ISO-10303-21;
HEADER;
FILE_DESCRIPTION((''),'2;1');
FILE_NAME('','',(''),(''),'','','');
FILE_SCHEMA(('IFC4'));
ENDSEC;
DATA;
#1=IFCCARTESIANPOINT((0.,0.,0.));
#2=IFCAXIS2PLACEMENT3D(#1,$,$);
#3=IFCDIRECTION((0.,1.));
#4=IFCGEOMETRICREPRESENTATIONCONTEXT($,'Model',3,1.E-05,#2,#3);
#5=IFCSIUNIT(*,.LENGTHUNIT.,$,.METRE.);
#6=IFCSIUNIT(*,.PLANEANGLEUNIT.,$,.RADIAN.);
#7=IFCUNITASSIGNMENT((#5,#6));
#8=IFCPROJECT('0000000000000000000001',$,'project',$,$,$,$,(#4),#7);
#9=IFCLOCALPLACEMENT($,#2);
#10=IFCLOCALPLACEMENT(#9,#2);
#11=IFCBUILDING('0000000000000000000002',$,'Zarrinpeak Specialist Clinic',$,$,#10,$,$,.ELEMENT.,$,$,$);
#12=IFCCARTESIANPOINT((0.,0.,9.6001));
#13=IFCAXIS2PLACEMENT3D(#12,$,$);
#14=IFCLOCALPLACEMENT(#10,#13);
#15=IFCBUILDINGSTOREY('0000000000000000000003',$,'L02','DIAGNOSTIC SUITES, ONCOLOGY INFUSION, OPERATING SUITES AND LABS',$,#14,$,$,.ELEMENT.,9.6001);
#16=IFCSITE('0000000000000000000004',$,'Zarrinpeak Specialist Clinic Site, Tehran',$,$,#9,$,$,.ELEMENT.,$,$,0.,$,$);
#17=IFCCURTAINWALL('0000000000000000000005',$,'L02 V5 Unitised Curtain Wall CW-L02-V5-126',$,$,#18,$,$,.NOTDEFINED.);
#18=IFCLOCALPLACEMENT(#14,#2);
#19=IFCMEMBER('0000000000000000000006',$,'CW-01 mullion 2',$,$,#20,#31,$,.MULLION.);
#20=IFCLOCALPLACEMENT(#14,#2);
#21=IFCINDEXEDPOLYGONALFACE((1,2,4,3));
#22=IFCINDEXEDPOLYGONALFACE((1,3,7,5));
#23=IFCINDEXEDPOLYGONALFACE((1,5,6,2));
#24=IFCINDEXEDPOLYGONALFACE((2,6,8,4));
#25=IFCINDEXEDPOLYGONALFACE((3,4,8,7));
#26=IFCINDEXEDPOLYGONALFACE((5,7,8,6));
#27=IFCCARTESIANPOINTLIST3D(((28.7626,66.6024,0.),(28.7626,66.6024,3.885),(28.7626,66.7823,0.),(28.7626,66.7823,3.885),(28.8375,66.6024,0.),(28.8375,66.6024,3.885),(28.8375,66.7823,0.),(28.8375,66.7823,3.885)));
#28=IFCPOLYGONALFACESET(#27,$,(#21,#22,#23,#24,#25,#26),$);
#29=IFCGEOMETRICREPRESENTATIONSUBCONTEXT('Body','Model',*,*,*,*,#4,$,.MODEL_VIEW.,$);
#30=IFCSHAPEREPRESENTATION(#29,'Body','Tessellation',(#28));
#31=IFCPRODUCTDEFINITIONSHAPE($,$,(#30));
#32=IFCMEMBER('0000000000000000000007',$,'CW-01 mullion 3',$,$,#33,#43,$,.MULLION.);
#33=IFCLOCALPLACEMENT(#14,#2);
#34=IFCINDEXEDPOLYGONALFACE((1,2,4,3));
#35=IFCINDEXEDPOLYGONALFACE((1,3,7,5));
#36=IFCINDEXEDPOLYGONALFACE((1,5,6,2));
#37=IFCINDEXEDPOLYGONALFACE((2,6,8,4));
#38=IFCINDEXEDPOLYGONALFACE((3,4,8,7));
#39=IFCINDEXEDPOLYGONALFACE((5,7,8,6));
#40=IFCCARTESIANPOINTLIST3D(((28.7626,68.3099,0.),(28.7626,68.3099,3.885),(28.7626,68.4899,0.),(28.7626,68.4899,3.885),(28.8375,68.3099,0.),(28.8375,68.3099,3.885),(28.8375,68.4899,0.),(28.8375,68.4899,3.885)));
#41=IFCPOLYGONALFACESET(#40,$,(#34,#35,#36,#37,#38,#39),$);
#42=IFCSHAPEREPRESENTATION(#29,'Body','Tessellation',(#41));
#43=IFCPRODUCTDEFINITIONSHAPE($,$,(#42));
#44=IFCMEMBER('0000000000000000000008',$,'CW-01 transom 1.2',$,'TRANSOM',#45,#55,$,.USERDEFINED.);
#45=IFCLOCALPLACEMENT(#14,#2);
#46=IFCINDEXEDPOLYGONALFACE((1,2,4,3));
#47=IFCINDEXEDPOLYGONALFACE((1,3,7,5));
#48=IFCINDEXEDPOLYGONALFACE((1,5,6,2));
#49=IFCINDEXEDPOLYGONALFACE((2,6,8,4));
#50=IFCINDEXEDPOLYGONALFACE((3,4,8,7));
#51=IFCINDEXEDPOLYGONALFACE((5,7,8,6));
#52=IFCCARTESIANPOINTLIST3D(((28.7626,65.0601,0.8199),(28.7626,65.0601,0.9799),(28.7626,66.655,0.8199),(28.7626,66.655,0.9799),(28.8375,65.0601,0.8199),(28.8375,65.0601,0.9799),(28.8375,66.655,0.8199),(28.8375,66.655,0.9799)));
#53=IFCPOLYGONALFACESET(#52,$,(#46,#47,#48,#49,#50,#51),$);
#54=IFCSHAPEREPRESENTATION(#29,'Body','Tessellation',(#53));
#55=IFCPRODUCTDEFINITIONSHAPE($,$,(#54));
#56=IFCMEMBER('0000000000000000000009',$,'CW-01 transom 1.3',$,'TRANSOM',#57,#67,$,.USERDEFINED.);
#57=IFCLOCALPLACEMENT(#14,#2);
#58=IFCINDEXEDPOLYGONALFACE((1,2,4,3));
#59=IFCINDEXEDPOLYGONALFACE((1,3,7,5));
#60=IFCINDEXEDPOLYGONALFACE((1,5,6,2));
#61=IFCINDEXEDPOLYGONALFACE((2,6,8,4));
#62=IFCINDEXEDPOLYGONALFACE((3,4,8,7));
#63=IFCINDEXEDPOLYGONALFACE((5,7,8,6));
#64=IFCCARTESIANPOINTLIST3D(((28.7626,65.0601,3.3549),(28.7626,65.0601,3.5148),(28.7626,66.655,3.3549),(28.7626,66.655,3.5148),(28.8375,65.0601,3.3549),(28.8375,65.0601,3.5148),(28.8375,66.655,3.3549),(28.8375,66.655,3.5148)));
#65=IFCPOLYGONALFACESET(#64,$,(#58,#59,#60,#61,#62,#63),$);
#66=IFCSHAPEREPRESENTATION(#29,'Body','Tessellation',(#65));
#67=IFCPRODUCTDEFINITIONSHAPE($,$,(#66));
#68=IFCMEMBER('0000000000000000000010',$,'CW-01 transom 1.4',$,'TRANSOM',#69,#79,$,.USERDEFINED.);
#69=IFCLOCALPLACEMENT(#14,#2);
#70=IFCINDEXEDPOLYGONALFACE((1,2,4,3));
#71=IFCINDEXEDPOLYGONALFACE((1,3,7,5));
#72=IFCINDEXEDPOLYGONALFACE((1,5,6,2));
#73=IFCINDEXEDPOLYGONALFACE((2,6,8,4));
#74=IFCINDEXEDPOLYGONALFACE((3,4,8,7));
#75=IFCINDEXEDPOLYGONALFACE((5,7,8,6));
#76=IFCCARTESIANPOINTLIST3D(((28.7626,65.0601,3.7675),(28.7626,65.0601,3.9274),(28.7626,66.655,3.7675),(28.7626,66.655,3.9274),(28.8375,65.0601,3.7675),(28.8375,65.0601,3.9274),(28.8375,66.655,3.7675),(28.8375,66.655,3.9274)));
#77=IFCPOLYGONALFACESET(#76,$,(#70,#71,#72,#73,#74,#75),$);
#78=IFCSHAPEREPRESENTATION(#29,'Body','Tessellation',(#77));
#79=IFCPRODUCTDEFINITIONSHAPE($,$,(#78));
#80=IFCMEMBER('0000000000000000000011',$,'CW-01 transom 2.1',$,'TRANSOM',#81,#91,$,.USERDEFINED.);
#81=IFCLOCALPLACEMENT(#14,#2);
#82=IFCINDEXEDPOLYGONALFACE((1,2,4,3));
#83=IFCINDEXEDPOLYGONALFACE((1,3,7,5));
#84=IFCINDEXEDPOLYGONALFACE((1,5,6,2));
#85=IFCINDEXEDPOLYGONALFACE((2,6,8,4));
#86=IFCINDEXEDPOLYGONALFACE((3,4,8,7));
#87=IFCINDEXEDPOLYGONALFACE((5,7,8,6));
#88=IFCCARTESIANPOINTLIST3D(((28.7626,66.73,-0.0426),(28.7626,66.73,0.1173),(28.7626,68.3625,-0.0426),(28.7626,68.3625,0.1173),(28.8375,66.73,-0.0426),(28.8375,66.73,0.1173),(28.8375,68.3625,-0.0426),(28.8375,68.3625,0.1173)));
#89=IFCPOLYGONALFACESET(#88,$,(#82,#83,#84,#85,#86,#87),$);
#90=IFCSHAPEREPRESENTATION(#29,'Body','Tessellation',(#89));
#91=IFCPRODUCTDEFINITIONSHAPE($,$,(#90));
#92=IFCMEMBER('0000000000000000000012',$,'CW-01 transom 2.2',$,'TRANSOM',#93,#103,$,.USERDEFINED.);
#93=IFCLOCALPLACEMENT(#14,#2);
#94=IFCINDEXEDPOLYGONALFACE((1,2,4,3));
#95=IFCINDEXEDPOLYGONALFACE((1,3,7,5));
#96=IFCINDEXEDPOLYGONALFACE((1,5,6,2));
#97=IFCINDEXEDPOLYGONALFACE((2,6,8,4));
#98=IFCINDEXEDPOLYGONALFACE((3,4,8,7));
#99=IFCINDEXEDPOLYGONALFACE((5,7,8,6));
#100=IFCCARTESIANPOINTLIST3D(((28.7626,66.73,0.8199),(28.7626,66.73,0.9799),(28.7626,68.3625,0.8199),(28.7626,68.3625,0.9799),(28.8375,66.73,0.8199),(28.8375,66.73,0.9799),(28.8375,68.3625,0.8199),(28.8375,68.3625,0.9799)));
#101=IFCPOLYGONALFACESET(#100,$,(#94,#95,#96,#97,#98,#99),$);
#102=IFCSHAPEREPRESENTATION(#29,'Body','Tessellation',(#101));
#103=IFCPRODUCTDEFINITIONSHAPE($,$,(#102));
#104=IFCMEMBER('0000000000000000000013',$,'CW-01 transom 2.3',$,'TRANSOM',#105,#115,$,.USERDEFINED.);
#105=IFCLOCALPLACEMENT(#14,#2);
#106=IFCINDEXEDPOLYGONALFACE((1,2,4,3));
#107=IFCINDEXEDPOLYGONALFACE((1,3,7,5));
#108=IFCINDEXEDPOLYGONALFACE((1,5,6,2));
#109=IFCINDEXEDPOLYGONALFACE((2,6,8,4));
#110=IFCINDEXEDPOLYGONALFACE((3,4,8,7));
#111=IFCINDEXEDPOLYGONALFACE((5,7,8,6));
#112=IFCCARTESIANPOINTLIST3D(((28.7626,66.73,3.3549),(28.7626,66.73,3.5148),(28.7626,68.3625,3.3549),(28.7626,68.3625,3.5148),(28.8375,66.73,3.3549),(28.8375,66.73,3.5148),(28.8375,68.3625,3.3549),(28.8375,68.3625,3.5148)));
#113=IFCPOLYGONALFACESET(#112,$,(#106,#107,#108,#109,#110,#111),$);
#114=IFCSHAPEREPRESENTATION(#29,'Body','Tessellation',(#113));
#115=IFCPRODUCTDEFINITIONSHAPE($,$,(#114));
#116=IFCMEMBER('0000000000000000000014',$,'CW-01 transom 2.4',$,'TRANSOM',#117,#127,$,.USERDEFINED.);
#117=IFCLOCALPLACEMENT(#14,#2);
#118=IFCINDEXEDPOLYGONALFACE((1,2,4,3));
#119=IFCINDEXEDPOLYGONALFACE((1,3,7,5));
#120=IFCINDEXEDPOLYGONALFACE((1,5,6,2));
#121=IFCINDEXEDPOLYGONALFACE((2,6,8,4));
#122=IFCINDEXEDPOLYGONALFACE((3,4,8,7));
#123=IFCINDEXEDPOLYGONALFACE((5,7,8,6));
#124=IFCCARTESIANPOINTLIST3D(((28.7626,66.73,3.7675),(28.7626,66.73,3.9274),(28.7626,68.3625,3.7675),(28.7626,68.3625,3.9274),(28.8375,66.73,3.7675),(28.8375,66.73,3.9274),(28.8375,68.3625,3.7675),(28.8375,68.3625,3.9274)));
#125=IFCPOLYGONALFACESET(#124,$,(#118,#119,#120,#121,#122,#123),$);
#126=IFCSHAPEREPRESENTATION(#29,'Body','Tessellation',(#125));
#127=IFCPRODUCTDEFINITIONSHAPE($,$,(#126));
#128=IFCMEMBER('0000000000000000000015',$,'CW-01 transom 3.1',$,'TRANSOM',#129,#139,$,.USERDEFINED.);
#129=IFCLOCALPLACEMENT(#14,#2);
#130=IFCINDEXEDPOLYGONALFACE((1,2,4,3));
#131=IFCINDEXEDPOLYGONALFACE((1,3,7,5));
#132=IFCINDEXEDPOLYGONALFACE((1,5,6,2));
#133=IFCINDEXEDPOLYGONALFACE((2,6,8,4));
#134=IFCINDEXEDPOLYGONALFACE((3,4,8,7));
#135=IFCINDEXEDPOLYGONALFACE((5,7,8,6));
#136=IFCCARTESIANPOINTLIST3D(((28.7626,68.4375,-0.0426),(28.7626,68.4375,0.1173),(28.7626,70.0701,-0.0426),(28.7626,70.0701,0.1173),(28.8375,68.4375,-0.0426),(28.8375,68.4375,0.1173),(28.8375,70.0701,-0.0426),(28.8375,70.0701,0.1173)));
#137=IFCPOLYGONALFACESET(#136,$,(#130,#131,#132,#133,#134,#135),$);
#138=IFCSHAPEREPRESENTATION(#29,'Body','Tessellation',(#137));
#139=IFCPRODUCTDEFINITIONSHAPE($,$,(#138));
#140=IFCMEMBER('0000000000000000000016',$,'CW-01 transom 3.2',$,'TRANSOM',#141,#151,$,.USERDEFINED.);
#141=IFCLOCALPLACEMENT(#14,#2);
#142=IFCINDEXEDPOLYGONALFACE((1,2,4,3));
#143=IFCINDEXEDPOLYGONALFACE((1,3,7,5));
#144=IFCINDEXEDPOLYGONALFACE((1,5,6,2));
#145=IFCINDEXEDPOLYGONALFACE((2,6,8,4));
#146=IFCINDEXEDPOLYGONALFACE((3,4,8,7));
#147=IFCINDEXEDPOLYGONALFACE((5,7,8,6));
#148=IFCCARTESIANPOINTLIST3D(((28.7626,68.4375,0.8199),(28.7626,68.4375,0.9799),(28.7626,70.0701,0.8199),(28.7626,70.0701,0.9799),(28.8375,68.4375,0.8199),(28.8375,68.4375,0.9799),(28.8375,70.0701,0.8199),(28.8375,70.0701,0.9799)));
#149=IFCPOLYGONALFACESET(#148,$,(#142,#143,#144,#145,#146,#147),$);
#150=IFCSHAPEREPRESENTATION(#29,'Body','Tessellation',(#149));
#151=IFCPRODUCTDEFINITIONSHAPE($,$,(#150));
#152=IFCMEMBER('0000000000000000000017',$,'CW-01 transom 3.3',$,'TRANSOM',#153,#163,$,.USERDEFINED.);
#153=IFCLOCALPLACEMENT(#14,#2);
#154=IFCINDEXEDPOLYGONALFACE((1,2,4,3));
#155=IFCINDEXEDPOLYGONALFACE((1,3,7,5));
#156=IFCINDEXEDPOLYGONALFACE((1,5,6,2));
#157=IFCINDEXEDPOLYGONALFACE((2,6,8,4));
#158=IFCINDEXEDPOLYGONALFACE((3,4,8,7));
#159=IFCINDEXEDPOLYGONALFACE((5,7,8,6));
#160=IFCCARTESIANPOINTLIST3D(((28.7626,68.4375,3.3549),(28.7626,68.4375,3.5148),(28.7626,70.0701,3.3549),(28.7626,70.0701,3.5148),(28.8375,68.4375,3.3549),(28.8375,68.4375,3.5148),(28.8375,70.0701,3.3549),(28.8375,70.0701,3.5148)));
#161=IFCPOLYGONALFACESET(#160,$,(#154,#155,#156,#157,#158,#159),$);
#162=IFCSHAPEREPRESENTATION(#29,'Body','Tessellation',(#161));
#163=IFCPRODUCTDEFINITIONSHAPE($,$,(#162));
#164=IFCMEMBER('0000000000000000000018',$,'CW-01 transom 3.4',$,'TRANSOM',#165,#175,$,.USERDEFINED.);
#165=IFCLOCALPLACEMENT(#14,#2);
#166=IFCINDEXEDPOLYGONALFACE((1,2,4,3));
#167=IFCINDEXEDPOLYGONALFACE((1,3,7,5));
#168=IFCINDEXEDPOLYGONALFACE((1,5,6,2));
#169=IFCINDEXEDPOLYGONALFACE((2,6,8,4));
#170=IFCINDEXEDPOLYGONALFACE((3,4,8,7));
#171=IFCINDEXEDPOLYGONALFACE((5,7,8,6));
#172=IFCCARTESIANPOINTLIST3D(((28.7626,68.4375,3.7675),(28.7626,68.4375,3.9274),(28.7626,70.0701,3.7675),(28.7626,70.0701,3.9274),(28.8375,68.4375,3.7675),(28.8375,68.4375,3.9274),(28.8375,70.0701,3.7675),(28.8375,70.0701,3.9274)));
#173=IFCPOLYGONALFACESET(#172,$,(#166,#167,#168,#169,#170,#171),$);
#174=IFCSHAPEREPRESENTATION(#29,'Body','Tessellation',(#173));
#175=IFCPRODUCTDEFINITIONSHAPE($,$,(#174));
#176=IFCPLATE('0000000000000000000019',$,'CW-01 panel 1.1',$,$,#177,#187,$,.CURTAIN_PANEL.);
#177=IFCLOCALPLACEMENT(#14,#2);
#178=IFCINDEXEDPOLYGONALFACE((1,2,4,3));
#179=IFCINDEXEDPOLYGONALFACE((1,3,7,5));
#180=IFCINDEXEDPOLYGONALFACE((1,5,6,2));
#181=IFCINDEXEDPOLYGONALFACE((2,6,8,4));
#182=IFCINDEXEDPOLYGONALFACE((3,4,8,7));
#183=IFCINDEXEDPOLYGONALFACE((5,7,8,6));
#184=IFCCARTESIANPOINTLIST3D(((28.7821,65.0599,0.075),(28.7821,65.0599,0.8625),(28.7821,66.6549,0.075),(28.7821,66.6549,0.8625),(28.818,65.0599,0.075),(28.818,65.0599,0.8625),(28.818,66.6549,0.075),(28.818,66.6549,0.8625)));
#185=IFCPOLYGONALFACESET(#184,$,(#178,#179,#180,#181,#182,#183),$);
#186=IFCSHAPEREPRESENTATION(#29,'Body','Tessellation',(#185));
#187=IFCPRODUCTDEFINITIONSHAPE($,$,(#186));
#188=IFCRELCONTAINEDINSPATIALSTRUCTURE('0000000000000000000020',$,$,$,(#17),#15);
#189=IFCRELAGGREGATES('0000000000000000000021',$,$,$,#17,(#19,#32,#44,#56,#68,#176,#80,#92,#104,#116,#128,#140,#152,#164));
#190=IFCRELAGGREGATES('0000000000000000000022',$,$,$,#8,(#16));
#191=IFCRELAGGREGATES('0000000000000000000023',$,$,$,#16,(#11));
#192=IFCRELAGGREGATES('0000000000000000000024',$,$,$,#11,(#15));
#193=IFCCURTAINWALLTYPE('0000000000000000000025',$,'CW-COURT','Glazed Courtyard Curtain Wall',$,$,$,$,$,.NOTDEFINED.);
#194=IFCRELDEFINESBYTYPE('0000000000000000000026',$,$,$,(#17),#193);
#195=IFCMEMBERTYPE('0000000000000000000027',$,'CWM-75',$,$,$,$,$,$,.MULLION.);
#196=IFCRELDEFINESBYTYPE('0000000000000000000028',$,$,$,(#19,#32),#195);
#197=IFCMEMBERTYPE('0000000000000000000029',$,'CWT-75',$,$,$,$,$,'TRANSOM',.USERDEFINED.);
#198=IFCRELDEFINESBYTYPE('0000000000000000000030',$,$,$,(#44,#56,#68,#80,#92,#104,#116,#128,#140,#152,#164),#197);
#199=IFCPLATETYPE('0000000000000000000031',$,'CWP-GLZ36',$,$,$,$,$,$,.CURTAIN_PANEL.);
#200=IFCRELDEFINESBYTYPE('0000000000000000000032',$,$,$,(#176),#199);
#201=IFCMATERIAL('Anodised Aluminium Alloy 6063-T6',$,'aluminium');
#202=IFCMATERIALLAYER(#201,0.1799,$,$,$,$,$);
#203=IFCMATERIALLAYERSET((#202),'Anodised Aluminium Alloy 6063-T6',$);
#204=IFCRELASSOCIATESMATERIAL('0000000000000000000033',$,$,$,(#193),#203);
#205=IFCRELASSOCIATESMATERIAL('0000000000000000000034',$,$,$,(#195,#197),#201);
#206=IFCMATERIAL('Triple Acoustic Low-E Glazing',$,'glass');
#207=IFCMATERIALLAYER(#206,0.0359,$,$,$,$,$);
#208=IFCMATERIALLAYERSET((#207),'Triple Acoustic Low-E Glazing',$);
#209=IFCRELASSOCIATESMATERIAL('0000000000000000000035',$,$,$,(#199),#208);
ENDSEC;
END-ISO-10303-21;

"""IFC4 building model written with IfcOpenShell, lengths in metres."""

from ifc_helpers import new_model, si_unit, direction, frame, origin, origin_2d, place, context, subcontext, project, spatial, rectangle, extrude, material, layer, layer_set, material_profile, profile_set, type_object, element, aggregate, save


model = new_model("IFC4")

# Units and contexts
model_context = context("Model", 3, precision=1e-05, world=origin(), true_north=direction((0.0, 1.0)))
body_context = subcontext(model_context, "Body", "Model", "MODEL_VIEW")
ifc_project = project(units=[si_unit("LENGTHUNIT", "METRE"), si_unit("PLANEANGLEUNIT", "RADIAN")], contexts=[model_context])

# Site, building, storey
site_placement = place(None, origin())
site = spatial("IfcSite", under=ifc_project, at=site_placement, Name="Zarrinpeak Specialist Clinic Site, Tehran", CompositionType="ELEMENT", RefElevation=0.0)
building_placement = place(site_placement, origin())
building = spatial("IfcBuilding", under=site, at=building_placement, Name="Zarrinpeak Specialist Clinic", CompositionType="ELEMENT")
storey_placement = place(building_placement, frame((0.0, 0.0, 9.6001)))
storey = spatial("IfcBuildingStorey", under=building, at=storey_placement, Name="L02", Description="DIAGNOSTIC SUITES, ONCOLOGY INFUSION, OPERATING SUITES AND LABS", CompositionType="ELEMENT", Elevation=9.6001)

# Curtain wall, members, plate
ifc_material_1 = material(Name="Anodised Aluminium Alloy 6063-T6", Category="aluminium")
ifc_layer_1 = layer(ifc_material_1, 0.1799)
ifc_layer_set_1 = layer_set([ifc_layer_1], Name="Anodised Aluminium Alloy 6063-T6")
curtain_wall_type = type_object("IfcCurtainWallType", Name="CW-COURT", Description="Glazed Courtyard Curtain Wall", PredefinedType="NOTDEFINED", material=ifc_layer_set_1)
curtain_wall_placement = place(storey_placement, origin())
curtain_wall = element("IfcCurtainWall", 1, at=curtain_wall_placement, inside=storey, type_object=curtain_wall_type, Name="L02 V5 Unitised Curtain Wall CW-L02-V5-126", PredefinedType="NOTDEFINED")
ifc_material_profile_1 = material_profile(ifc_material_1, rectangle(XDim=0.075, YDim=0.1799, at=origin_2d()), Name="ALU 75x180")
ifc_profile_set_1 = profile_set([ifc_material_profile_1], Name="Anodised Aluminium Alloy 6063-T6")
member_type_1 = type_object("IfcMemberType", Name="CWM-75", PredefinedType="MULLION", material=ifc_profile_set_1)
member_1_placement = place(storey_placement, frame((28.8, 66.6924, 0.0), z_axis=(0.0, 0.0, 1.0), x_axis=(-1.0, 0.0, 0.0)))
member_1 = element("IfcMember", 2, at=member_1_placement, type_object=member_type_1, Name="CW-01 mullion 2", PredefinedType="MULLION", context=body_context, shape_type="SweptSolid", body=[
    extrude(rectangle(XDim=0.075, YDim=0.1799, at=origin_2d()), origin(), (0.0, 0.0, 1.0), 3.885),
])
member_2_placement = place(storey_placement, frame((28.8, 68.3999, 0.0), z_axis=(0.0, 0.0, 1.0), x_axis=(-1.0, 0.0, 0.0)))
member_2 = element("IfcMember", 3, at=member_2_placement, type_object=member_type_1, Name="CW-01 mullion 3", PredefinedType="MULLION", context=body_context, shape_type="SweptSolid", body=[
    extrude(rectangle(XDim=0.075, YDim=0.1799, at=origin_2d()), origin(), (0.0, 0.0, 1.0), 3.885),
])
ifc_material_profile_2 = material_profile(ifc_material_1, rectangle(XDim=0.075, YDim=0.1599, at=origin_2d()), Name="ALU 75x160")
ifc_profile_set_2 = profile_set([ifc_material_profile_2], Name="Anodised Aluminium Alloy 6063-T6")
member_type_2 = type_object("IfcMemberType", Name="CWT-75", ElementType="TRANSOM", PredefinedType="USERDEFINED", material=ifc_profile_set_2)
member_3_placement = place(storey_placement, frame((28.8, 65.0601, 0.8999), z_axis=(0.0, 1.0, 0.0), x_axis=(-1.0, 0.0, 0.0)))
member_3 = element("IfcMember", 4, at=member_3_placement, type_object=member_type_2, Name="CW-01 transom 1.2", ObjectType="TRANSOM", PredefinedType="USERDEFINED", context=body_context, shape_type="SweptSolid", body=[
    extrude(rectangle(XDim=0.075, YDim=0.1599, at=origin_2d()), origin(), (0.0, 0.0, 1.0), 1.595),
])
member_4_placement = place(storey_placement, frame((28.8, 65.0601, 3.4348), z_axis=(0.0, 1.0, 0.0), x_axis=(-1.0, 0.0, 0.0)))
member_4 = element("IfcMember", 5, at=member_4_placement, type_object=member_type_2, Name="CW-01 transom 1.3", ObjectType="TRANSOM", PredefinedType="USERDEFINED", context=body_context, shape_type="SweptSolid", body=[
    extrude(rectangle(XDim=0.075, YDim=0.1599, at=origin_2d()), origin(), (0.0, 0.0, 1.0), 1.595),
])
member_5_placement = place(storey_placement, frame((28.8, 65.0601, 3.8474), z_axis=(0.0, 1.0, 0.0), x_axis=(-1.0, 0.0, 0.0)))
member_5 = element("IfcMember", 6, at=member_5_placement, type_object=member_type_2, Name="CW-01 transom 1.4", ObjectType="TRANSOM", PredefinedType="USERDEFINED", context=body_context, shape_type="SweptSolid", body=[
    extrude(rectangle(XDim=0.075, YDim=0.1599, at=origin_2d()), origin(), (0.0, 0.0, 1.0), 1.595),
])
member_6_placement = place(storey_placement, frame((28.8, 66.73, 0.0374), z_axis=(0.0, 1.0, 0.0), x_axis=(-1.0, 0.0, 0.0)))
member_6 = element("IfcMember", 7, at=member_6_placement, type_object=member_type_2, Name="CW-01 transom 2.1", ObjectType="TRANSOM", PredefinedType="USERDEFINED", context=body_context, shape_type="SweptSolid", body=[
    extrude(rectangle(XDim=0.075, YDim=0.1599, at=origin_2d()), origin(), (0.0, 0.0, 1.0), 1.6326),
])
member_7_placement = place(storey_placement, frame((28.8, 66.73, 0.8999), z_axis=(0.0, 1.0, 0.0), x_axis=(-1.0, 0.0, 0.0)))
member_7 = element("IfcMember", 8, at=member_7_placement, type_object=member_type_2, Name="CW-01 transom 2.2", ObjectType="TRANSOM", PredefinedType="USERDEFINED", context=body_context, shape_type="SweptSolid", body=[
    extrude(rectangle(XDim=0.075, YDim=0.1599, at=origin_2d()), origin(), (0.0, 0.0, 1.0), 1.6326),
])
member_8_placement = place(storey_placement, frame((28.8, 66.73, 3.4348), z_axis=(0.0, 1.0, 0.0), x_axis=(-1.0, 0.0, 0.0)))
member_8 = element("IfcMember", 9, at=member_8_placement, type_object=member_type_2, Name="CW-01 transom 2.3", ObjectType="TRANSOM", PredefinedType="USERDEFINED", context=body_context, shape_type="SweptSolid", body=[
    extrude(rectangle(XDim=0.075, YDim=0.1599, at=origin_2d()), origin(), (0.0, 0.0, 1.0), 1.6326),
])
member_9_placement = place(storey_placement, frame((28.8, 66.73, 3.8474), z_axis=(0.0, 1.0, 0.0), x_axis=(-1.0, 0.0, 0.0)))
member_9 = element("IfcMember", 10, at=member_9_placement, type_object=member_type_2, Name="CW-01 transom 2.4", ObjectType="TRANSOM", PredefinedType="USERDEFINED", context=body_context, shape_type="SweptSolid", body=[
    extrude(rectangle(XDim=0.075, YDim=0.1599, at=origin_2d()), origin(), (0.0, 0.0, 1.0), 1.6326),
])
member_10_placement = place(storey_placement, frame((28.8, 68.4375, 0.0374), z_axis=(0.0, 1.0, 0.0), x_axis=(-1.0, 0.0, 0.0)))
member_10 = element("IfcMember", 11, at=member_10_placement, type_object=member_type_2, Name="CW-01 transom 3.1", ObjectType="TRANSOM", PredefinedType="USERDEFINED", context=body_context, shape_type="SweptSolid", body=[
    extrude(rectangle(XDim=0.075, YDim=0.1599, at=origin_2d()), origin(), (0.0, 0.0, 1.0), 1.6326),
])
member_11_placement = place(storey_placement, frame((28.8, 68.4375, 0.8999), z_axis=(0.0, 1.0, 0.0), x_axis=(-1.0, 0.0, 0.0)))
member_11 = element("IfcMember", 12, at=member_11_placement, type_object=member_type_2, Name="CW-01 transom 3.2", ObjectType="TRANSOM", PredefinedType="USERDEFINED", context=body_context, shape_type="SweptSolid", body=[
    extrude(rectangle(XDim=0.075, YDim=0.1599, at=origin_2d()), origin(), (0.0, 0.0, 1.0), 1.6326),
])
member_12_placement = place(storey_placement, frame((28.8, 68.4375, 3.4348), z_axis=(0.0, 1.0, 0.0), x_axis=(-1.0, 0.0, 0.0)))
member_12 = element("IfcMember", 13, at=member_12_placement, type_object=member_type_2, Name="CW-01 transom 3.3", ObjectType="TRANSOM", PredefinedType="USERDEFINED", context=body_context, shape_type="SweptSolid", body=[
    extrude(rectangle(XDim=0.075, YDim=0.1599, at=origin_2d()), origin(), (0.0, 0.0, 1.0), 1.6326),
])
member_13_placement = place(storey_placement, frame((28.8, 68.4375, 3.8474), z_axis=(0.0, 1.0, 0.0), x_axis=(-1.0, 0.0, 0.0)))
member_13 = element("IfcMember", 14, at=member_13_placement, type_object=member_type_2, Name="CW-01 transom 3.4", ObjectType="TRANSOM", PredefinedType="USERDEFINED", context=body_context, shape_type="SweptSolid", body=[
    extrude(rectangle(XDim=0.075, YDim=0.1599, at=origin_2d()), origin(), (0.0, 0.0, 1.0), 1.6326),
])
ifc_material_2 = material(Name="Triple Acoustic Low-E Glazing", Category="glass")
ifc_layer_2 = layer(ifc_material_2, 0.0359)
ifc_layer_set_2 = layer_set([ifc_layer_2], Name="Triple Acoustic Low-E Glazing")
plate_type = type_object("IfcPlateType", Name="CWP-GLZ36", PredefinedType="CURTAIN_PANEL", material=ifc_layer_set_2)
plate_1_placement = place(storey_placement, frame((28.8, 65.8574, 0.075), z_axis=(0.0, 0.0, 1.0), x_axis=(0.0, 1.0, 0.0)))
plate_1 = element("IfcPlate", 15, at=plate_1_placement, type_object=plate_type, Name="CW-01 panel 1.1", PredefinedType="CURTAIN_PANEL", context=body_context, shape_type="SweptSolid", body=[
    extrude(rectangle(XDim=1.595, YDim=0.0359, at=origin_2d()), origin(), (0.0, 0.0, 1.0), 0.7876),
])
aggregate(curtain_wall, [member_1, member_2, member_3, member_4, member_5, plate_1, member_6, member_7, member_8, member_9, member_10, member_11, member_12, member_13])

save(model, "model.ifc")
